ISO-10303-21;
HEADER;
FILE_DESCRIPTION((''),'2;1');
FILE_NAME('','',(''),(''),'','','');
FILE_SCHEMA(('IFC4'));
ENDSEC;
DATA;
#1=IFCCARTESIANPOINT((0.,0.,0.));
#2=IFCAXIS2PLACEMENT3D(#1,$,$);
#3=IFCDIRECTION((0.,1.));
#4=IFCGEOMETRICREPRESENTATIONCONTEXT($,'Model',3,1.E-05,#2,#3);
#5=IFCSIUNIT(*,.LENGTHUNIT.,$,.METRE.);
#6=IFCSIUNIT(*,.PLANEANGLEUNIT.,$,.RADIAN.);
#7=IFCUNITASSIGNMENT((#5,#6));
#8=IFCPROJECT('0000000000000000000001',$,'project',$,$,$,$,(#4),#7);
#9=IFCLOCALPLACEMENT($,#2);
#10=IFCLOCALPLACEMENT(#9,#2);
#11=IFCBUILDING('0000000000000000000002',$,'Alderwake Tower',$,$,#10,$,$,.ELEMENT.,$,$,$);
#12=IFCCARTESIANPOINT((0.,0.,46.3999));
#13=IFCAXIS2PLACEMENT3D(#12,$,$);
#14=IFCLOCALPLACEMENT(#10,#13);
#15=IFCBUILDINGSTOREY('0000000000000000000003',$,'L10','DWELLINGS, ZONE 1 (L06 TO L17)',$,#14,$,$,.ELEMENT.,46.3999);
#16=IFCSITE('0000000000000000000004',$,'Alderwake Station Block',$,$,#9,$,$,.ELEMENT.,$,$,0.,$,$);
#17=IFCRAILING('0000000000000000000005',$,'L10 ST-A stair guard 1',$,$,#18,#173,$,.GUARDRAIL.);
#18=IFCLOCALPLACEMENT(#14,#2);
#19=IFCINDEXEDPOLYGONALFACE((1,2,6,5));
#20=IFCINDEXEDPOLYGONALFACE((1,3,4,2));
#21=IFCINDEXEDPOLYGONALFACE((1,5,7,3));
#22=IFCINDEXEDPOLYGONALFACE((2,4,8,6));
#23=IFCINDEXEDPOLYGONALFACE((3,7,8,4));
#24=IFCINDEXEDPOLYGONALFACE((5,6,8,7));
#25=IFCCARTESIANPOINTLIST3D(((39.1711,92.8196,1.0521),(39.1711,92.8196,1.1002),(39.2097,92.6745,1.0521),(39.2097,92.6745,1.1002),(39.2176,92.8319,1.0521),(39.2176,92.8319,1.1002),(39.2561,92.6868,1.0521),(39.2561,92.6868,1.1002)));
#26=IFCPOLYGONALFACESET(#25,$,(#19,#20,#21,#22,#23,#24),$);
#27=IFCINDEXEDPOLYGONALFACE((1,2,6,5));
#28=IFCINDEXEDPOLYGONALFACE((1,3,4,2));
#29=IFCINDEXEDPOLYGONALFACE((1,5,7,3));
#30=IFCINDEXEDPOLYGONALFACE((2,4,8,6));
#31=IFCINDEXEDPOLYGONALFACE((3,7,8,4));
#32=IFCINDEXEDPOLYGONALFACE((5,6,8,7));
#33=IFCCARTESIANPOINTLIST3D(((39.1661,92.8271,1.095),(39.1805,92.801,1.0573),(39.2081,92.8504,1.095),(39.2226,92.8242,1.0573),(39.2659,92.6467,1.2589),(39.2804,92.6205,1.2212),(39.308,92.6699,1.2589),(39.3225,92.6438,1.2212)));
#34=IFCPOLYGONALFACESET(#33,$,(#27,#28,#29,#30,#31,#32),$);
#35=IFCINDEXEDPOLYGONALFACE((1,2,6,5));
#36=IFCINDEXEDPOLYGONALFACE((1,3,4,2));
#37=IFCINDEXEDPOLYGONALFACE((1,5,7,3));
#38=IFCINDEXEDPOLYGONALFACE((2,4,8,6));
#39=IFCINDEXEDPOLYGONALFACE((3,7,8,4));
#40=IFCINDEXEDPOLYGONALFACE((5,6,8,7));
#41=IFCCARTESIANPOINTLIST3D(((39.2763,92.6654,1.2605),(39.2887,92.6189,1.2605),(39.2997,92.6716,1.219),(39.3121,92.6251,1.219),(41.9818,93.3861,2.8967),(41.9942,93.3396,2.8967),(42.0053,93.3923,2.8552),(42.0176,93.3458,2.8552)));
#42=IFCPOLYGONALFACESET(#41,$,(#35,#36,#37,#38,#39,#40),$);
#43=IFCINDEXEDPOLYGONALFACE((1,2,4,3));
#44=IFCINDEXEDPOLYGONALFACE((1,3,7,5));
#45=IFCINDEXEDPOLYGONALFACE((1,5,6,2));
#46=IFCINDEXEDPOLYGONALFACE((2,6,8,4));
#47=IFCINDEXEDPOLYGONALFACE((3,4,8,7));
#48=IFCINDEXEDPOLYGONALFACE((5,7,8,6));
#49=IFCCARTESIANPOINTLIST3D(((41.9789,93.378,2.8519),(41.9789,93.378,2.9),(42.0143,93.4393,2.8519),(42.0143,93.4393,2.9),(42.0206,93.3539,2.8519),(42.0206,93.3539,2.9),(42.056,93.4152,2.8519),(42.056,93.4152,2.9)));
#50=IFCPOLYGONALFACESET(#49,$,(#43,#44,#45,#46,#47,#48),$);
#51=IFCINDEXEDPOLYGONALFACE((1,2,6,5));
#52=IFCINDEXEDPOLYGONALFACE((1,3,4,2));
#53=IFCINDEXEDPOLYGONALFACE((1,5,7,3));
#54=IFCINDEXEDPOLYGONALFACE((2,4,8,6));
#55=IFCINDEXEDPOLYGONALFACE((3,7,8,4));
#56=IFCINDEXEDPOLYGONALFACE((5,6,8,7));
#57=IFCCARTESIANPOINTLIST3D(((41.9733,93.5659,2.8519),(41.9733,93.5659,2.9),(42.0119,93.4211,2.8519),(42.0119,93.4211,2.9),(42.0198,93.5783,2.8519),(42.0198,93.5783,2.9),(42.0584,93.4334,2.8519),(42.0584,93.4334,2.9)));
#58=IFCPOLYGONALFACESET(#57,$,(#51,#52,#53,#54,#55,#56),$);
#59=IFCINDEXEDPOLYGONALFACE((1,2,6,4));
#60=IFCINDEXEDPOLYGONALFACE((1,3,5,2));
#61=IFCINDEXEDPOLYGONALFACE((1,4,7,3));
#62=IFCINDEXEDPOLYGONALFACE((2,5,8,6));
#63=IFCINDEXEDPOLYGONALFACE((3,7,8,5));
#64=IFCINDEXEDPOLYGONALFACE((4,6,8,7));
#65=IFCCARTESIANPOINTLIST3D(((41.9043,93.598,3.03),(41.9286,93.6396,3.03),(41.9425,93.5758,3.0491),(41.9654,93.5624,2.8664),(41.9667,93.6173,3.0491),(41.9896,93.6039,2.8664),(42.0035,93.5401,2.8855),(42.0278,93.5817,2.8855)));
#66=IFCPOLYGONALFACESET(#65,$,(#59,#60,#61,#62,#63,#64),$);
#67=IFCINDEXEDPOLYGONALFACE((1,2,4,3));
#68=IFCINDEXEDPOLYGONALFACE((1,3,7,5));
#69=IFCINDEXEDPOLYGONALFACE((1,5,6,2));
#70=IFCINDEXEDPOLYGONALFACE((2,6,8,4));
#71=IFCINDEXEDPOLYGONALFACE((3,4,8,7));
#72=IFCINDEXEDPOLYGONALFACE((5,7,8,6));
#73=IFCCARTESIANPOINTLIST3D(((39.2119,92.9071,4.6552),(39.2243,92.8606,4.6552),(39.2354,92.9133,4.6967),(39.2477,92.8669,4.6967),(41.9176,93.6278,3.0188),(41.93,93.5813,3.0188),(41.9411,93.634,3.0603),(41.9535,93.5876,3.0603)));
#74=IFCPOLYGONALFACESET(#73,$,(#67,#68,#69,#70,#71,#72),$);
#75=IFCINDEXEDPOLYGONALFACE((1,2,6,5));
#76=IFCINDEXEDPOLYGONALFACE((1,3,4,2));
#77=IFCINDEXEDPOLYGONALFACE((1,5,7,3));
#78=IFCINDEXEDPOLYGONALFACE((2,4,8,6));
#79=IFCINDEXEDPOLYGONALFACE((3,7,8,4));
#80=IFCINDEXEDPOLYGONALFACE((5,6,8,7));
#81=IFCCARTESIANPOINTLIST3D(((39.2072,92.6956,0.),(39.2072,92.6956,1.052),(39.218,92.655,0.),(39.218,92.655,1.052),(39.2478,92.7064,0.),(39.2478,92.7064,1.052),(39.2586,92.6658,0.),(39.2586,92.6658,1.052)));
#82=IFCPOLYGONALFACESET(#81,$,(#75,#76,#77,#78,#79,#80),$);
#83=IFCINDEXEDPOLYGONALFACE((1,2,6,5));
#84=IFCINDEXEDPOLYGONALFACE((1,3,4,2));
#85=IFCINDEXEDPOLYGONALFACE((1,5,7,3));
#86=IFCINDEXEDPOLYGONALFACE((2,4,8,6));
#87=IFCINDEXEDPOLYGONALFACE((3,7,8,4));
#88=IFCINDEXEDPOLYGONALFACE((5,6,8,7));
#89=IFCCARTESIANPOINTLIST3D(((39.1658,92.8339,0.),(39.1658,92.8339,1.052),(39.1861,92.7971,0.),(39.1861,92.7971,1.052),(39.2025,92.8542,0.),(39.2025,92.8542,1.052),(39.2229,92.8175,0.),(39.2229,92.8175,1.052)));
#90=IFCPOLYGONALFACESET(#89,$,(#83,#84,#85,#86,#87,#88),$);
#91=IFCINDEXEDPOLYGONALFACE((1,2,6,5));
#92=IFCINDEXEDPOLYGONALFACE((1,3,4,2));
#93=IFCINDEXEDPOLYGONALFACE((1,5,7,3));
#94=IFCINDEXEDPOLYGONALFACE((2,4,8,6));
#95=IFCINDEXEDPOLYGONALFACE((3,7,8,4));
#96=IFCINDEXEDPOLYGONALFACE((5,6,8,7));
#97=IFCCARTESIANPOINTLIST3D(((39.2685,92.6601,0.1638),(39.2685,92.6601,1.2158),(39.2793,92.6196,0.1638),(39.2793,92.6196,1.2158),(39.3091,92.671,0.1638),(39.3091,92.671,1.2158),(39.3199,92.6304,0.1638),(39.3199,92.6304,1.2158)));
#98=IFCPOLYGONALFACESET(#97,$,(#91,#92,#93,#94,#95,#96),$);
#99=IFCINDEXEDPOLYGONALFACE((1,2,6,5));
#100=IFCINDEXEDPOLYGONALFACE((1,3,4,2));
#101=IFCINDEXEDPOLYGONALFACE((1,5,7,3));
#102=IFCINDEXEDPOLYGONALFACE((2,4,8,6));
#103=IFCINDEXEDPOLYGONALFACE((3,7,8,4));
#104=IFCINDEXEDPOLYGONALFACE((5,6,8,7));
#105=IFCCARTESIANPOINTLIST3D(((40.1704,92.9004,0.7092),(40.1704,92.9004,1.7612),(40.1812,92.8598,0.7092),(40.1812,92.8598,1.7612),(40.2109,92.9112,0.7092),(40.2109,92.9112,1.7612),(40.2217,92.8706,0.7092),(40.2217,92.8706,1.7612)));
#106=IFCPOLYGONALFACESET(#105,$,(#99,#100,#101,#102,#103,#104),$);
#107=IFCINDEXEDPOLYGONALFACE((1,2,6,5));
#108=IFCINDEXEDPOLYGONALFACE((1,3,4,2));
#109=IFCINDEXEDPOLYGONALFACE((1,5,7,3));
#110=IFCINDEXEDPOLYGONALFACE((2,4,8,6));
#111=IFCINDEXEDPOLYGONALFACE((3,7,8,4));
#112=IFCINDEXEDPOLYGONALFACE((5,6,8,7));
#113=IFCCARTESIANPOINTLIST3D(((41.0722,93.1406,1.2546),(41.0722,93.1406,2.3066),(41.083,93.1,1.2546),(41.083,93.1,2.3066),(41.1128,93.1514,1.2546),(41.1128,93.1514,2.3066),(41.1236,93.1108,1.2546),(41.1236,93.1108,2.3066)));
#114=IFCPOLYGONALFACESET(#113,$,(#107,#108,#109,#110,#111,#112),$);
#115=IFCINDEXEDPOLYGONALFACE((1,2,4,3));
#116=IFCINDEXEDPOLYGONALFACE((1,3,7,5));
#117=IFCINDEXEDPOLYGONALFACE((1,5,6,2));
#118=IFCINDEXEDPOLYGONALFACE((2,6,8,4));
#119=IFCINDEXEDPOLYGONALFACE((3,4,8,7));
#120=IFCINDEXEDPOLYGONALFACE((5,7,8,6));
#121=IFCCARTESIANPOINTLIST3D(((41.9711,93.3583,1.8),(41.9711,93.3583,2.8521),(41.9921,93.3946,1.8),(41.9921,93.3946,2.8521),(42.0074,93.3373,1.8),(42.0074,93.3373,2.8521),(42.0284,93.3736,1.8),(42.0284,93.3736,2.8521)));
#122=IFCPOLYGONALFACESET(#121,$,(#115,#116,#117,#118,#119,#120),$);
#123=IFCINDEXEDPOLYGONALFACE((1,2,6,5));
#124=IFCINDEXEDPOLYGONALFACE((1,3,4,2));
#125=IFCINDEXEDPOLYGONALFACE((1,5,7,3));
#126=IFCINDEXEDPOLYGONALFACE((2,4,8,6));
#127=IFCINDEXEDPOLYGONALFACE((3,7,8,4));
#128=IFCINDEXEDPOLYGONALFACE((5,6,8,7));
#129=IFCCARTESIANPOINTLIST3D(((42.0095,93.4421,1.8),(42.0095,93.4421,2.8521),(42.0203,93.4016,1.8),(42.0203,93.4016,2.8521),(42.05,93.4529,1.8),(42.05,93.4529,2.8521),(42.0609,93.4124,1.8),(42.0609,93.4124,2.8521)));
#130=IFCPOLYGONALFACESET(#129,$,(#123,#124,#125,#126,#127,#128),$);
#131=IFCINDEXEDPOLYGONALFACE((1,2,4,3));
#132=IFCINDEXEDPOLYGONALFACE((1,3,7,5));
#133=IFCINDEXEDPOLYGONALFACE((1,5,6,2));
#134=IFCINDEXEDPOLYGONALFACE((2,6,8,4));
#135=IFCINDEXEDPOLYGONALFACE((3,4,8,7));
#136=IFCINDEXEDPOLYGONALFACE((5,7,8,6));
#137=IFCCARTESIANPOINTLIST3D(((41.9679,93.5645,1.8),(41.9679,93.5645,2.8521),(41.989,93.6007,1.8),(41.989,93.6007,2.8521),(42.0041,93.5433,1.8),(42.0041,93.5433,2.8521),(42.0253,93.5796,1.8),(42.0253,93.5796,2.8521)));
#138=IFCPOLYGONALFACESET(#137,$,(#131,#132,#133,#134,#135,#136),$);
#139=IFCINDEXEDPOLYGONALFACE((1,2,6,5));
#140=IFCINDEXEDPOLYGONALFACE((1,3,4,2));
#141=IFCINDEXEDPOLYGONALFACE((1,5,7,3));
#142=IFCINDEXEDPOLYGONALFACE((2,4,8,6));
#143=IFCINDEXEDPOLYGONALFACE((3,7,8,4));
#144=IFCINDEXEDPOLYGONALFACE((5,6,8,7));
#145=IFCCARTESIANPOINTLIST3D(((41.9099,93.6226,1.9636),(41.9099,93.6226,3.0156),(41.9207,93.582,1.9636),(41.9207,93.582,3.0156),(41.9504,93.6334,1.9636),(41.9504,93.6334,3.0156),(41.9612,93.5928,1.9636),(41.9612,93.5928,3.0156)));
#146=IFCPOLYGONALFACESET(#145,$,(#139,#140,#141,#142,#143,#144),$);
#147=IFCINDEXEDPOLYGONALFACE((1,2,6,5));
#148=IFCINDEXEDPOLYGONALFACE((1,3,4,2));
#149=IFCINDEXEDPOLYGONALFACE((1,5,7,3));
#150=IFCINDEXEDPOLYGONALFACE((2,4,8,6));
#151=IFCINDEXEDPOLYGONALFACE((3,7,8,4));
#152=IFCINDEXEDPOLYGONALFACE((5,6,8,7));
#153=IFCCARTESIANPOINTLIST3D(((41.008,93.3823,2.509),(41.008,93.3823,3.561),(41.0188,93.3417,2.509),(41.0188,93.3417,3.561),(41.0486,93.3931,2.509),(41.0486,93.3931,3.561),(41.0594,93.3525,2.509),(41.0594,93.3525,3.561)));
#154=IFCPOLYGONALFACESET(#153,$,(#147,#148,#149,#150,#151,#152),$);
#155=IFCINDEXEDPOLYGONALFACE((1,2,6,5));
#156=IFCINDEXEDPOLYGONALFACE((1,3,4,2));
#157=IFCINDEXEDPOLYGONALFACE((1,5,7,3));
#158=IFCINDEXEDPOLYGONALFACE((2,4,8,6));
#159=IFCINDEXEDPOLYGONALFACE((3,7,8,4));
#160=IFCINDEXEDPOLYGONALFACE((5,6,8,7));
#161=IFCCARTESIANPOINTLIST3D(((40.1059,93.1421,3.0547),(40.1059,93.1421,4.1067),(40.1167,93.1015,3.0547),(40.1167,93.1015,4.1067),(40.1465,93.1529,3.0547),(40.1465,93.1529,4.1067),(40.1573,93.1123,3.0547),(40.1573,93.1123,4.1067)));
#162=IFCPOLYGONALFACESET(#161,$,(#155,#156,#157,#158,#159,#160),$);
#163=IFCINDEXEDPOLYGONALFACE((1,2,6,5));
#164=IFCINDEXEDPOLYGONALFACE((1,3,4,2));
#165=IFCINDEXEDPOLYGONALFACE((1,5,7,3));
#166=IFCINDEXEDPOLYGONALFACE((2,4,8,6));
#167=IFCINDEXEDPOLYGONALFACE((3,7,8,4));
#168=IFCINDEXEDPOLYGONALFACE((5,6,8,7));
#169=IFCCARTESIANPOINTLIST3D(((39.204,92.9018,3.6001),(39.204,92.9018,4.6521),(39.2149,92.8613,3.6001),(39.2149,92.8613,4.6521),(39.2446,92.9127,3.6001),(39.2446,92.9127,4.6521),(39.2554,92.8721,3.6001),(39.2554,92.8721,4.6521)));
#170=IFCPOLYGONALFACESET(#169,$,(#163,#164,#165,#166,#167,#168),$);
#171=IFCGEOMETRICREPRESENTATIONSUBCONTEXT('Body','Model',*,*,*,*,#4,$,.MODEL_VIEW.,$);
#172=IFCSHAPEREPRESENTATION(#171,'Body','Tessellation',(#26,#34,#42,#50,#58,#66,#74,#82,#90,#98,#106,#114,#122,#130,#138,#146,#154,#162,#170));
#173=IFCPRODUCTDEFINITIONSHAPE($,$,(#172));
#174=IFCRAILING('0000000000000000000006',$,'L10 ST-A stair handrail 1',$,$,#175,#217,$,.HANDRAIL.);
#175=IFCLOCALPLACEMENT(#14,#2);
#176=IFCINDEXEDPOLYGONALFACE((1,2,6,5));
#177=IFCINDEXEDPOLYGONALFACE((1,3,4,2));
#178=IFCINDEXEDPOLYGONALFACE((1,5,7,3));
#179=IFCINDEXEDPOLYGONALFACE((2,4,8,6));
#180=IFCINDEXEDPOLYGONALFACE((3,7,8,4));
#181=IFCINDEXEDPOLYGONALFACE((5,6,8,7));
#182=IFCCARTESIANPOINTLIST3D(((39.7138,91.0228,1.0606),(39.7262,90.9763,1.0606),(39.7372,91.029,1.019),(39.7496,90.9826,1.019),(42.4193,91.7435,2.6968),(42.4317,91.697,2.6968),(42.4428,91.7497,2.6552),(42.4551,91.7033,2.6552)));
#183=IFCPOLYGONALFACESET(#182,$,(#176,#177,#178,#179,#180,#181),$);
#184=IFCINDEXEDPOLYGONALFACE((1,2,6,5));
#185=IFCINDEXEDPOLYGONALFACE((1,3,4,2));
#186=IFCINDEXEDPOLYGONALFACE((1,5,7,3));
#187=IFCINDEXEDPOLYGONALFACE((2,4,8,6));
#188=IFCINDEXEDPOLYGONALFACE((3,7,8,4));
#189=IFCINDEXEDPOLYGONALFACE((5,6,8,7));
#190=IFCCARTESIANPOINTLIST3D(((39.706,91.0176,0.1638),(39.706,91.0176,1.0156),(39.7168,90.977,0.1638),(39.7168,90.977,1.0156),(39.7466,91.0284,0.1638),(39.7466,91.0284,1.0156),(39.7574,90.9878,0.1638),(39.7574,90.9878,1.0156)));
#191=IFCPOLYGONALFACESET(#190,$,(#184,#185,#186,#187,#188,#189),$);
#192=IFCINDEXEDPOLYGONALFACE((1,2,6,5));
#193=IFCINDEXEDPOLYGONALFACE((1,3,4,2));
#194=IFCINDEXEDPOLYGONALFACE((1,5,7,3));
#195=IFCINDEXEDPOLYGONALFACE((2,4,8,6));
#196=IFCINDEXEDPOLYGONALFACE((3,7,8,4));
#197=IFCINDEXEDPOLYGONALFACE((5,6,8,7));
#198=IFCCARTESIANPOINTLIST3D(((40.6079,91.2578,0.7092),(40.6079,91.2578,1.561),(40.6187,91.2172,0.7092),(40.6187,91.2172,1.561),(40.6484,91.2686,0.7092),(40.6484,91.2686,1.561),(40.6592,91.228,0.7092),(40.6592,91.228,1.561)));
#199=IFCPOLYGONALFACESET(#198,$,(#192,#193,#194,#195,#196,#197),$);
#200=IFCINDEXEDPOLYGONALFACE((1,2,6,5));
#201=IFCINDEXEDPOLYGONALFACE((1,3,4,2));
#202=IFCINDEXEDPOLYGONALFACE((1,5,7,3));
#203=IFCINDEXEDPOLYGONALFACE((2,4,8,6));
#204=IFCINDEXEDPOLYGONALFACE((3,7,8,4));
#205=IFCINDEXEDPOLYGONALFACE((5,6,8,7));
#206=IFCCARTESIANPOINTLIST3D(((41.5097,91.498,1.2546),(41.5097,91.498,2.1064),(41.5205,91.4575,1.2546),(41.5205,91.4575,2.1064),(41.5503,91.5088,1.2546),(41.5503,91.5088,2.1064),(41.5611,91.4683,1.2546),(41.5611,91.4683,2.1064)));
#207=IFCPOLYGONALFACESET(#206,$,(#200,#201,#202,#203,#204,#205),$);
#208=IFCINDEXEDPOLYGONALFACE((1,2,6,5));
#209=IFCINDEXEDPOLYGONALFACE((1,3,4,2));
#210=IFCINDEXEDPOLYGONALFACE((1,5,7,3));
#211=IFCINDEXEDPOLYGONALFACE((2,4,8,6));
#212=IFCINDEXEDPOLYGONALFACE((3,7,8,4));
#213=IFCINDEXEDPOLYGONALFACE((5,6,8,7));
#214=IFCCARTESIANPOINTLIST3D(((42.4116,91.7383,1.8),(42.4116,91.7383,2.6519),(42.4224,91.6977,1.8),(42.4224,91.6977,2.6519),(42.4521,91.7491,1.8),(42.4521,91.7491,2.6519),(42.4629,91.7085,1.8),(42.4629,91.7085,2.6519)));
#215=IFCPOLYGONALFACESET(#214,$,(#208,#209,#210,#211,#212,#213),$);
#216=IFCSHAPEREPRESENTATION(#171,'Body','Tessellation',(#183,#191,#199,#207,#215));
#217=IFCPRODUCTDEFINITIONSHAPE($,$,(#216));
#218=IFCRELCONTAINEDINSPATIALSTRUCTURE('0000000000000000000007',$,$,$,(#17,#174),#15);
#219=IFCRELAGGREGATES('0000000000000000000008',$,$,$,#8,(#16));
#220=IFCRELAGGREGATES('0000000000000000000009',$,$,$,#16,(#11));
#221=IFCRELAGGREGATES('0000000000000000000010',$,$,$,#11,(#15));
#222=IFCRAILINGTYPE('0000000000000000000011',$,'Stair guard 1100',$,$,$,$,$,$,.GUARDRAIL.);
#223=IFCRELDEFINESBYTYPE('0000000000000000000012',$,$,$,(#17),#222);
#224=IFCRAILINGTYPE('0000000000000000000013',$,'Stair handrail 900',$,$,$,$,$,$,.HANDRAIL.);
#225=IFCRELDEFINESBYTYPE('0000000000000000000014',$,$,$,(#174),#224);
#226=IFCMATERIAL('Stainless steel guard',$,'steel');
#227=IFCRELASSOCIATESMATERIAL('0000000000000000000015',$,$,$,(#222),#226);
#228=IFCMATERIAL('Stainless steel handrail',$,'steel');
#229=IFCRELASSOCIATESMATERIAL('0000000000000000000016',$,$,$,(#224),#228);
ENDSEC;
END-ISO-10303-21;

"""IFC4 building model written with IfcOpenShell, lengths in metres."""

from ifc_helpers import new_model, si_unit, direction, frame, origin, origin_2d, place, context, subcontext, project, spatial, rectangle, extrude, material, type_object, element, save


model = new_model("IFC4")

# Units and contexts
model_context = context("Model", 3, precision=1e-05, world=origin(), true_north=direction((0.0, 1.0)))
body_context = subcontext(model_context, "Body", "Model", "MODEL_VIEW")
ifc_project = project(units=[si_unit("LENGTHUNIT", "METRE"), si_unit("PLANEANGLEUNIT", "RADIAN")], contexts=[model_context])

# Site, building, storey
site_placement = place(None, origin())
site = spatial("IfcSite", under=ifc_project, at=site_placement, Name="Alderwake Station Block", CompositionType="ELEMENT", RefElevation=0.0)
building_placement = place(site_placement, origin())
building = spatial("IfcBuilding", under=site, at=building_placement, Name="Alderwake Tower", CompositionType="ELEMENT")
storey_placement = place(building_placement, frame((0.0, 0.0, 46.3999)))
storey = spatial("IfcBuildingStorey", under=building, at=storey_placement, Name="L10", Description="DWELLINGS, ZONE 1 (L06 TO L17)", CompositionType="ELEMENT", Elevation=46.3999)

# Railings
ifc_material_1 = material(Name="Stainless steel guard", Category="steel")
railing_type_1 = type_object("IfcRailingType", Name="Stair guard 1100", PredefinedType="GUARDRAIL", material=ifc_material_1)
railing_1_placement = place(storey_placement, frame((39.2329, 92.6807, 0.0)))
element("IfcRailing", 1, at=railing_1_placement, inside=storey, type_object=railing_type_1, Name="L10 ST-A stair guard 1", PredefinedType="GUARDRAIL", context=body_context, shape_type="SweptSolid", body=[
    extrude(rectangle(XDim=0.0481, YDim=0.0481, at=origin_2d()), frame((0.0, 0.0, 1.0762), z_axis=(-0.257055, 0.966397, 0.0), x_axis=(-0.966397, -0.257055, 0.0)), (0.0, 0.0, 1.0), 0.1501),
    extrude(rectangle(XDim=0.0481, YDim=0.0481, at=origin_2d()), frame((-0.0386, 0.145, 1.0762), z_axis=(0.379152, -0.685069, 0.622032), x_axis=(0.874938, 0.484235, 0.0)), (0.0, 0.0, 1.0), 0.2634),
    extrude(rectangle(XDim=0.0481, YDim=0.0481, at=origin_2d()), frame((0.0613, -0.0354, 1.2397), z_axis=(0.834291, 0.222237, 0.504549), x_axis=(-0.257402, 0.966304, 0.0)), (0.0, 0.0, 1.0), 3.2429),
    extrude(rectangle(XDim=0.0481, YDim=0.0481, at=origin_2d()), frame((2.7668, 0.6853, 2.876), z_axis=(0.50022, 0.865898, 0.0), x_axis=(-0.865898, 0.50022, 0.0)), (0.0, 0.0, 1.0), 0.0708),
    extrude(rectangle(XDim=0.0481, YDim=0.0481, at=origin_2d()), frame((2.8022, 0.7466, 2.876), z_axis=(-0.25746, 0.966289, 0.0), x_axis=(-0.966289, -0.25746, 0.0)), (0.0, 0.0, 1.0), 0.1499),
    extrude(rectangle(XDim=0.0481, YDim=0.0481, at=origin_2d()), frame((2.7637, 0.8914, 2.876), z_axis=(-0.342525, 0.200035, 0.917967), x_axis=(-0.5043, -0.863528, 0.0)), (0.0, 0.0, 1.0), 0.1782),
    extrude(rectangle(XDim=0.0481, YDim=0.0481, at=origin_2d()), frame((2.7026, 0.927, 3.0396), z_axis=(-0.834282, -0.222214, 0.504574), x_axis=(0.25738, -0.96631, 0.0)), (0.0, 0.0, 1.0), 3.2432),
    extrude(rectangle(XDim=0.042, YDim=0.042, at=origin_2d()), frame((0.0, 0.0, 0.0), z_axis=(0.0, 0.0, 1.0), x_axis=(-0.257055, 0.966397, 0.0)), (0.0, 0.0, 1.0), 1.052),
    extrude(rectangle(XDim=0.042, YDim=0.042, at=origin_2d()), frame((-0.0386, 0.145, 0.0), z_axis=(0.0, 0.0, 1.0), x_axis=(0.484235, -0.874938, 0.0)), (0.0, 0.0, 1.0), 1.052),
    extrude(rectangle(XDim=0.042, YDim=0.042, at=origin_2d()), frame((0.0613, -0.0354, 0.1638), z_axis=(0.0, 0.0, 1.0), x_axis=(0.966304, 0.257402, 0.0)), (0.0, 0.0, 1.0), 1.052),
    extrude(rectangle(XDim=0.042, YDim=0.042, at=origin_2d()), frame((0.9631, 0.2048, 0.7092), z_axis=(0.0, 0.0, 1.0), x_axis=(0.966304, 0.257402, 0.0)), (0.0, 0.0, 1.0), 1.052),
    extrude(rectangle(XDim=0.042, YDim=0.042, at=origin_2d()), frame((1.865, 0.4451, 1.2546), z_axis=(0.0, 0.0, 1.0), x_axis=(0.966304, 0.257402, 0.0)), (0.0, 0.0, 1.0), 1.052),
    extrude(rectangle(XDim=0.042, YDim=0.042, at=origin_2d()), frame((2.7668, 0.6853, 1.8), z_axis=(0.0, 0.0, 1.0), x_axis=(0.50022, 0.865898, 0.0)), (0.0, 0.0, 1.0), 1.052),
    extrude(rectangle(XDim=0.042, YDim=0.042, at=origin_2d()), frame((2.8022, 0.7466, 1.8), z_axis=(0.0, 0.0, 1.0), x_axis=(-0.25746, 0.966289, 0.0)), (0.0, 0.0, 1.0), 1.052),
    extrude(rectangle(XDim=0.042, YDim=0.042, at=origin_2d()), frame((2.7637, 0.8914, 1.8), z_axis=(0.0, 0.0, 1.0), x_axis=(-0.863528, 0.5043, 0.0)), (0.0, 0.0, 1.0), 1.052),
    extrude(rectangle(XDim=0.042, YDim=0.042, at=origin_2d()), frame((2.7026, 0.927, 1.9636), z_axis=(0.0, 0.0, 1.0), x_axis=(-0.96631, -0.25738, 0.0)), (0.0, 0.0, 1.0), 1.052),
    extrude(rectangle(XDim=0.042, YDim=0.042, at=origin_2d()), frame((1.8008, 0.6868, 2.509), z_axis=(0.0, 0.0, 1.0), x_axis=(-0.96631, -0.25738, 0.0)), (0.0, 0.0, 1.0), 1.052),
    extrude(rectangle(XDim=0.042, YDim=0.042, at=origin_2d()), frame((0.8987, 0.4465, 3.0547), z_axis=(0.0, 0.0, 1.0), x_axis=(-0.96631, -0.25738, 0.0)), (0.0, 0.0, 1.0), 1.052),
    extrude(rectangle(XDim=0.042, YDim=0.042, at=origin_2d()), frame((-0.0032, 0.2063, 3.6001), z_axis=(0.0, 0.0, 1.0), x_axis=(-0.96631, -0.25738, 0.0)), (0.0, 0.0, 1.0), 1.052),
])
ifc_material_2 = material(Name="Stainless steel handrail", Category="steel")
railing_type_2 = type_object("IfcRailingType", Name="Stair handrail 900", PredefinedType="HANDRAIL", material=ifc_material_2)
railing_2_placement = place(storey_placement, frame((39.7317, 91.0027, 0.1638)))
element("IfcRailing", 2, at=railing_2_placement, inside=storey, type_object=railing_type_2, Name="L10 ST-A stair handrail 1", PredefinedType="HANDRAIL", context=body_context, shape_type="SweptSolid", body=[
    extrude(rectangle(XDim=0.0481, YDim=0.0481, at=origin_2d()), frame((0.0, 0.0, 0.876), z_axis=(0.834291, 0.222237, 0.504549), x_axis=(-0.257402, 0.966304, 0.0)), (0.0, 0.0, 1.0), 3.2429),
    extrude(rectangle(XDim=0.042, YDim=0.042, at=origin_2d()), frame((0.0, 0.0, 0.0), z_axis=(0.0, 0.0, 1.0), x_axis=(0.966304, 0.257402, 0.0)), (0.0, 0.0, 1.0), 0.8518),
    extrude(rectangle(XDim=0.042, YDim=0.042, at=origin_2d()), frame((0.9019, 0.2402, 0.5454), z_axis=(0.0, 0.0, 1.0), x_axis=(0.966304, 0.257402, 0.0)), (0.0, 0.0, 1.0), 0.8518),
    extrude(rectangle(XDim=0.042, YDim=0.042, at=origin_2d()), frame((1.8037, 0.4805, 1.0908), z_axis=(0.0, 0.0, 1.0), x_axis=(0.966304, 0.257402, 0.0)), (0.0, 0.0, 1.0), 0.8518),
    extrude(rectangle(XDim=0.042, YDim=0.042, at=origin_2d()), frame((2.7056, 0.7207, 1.6362), z_axis=(0.0, 0.0, 1.0), x_axis=(0.966304, 0.257402, 0.0)), (0.0, 0.0, 1.0), 0.8518),
])

save(model, "model.ifc")
